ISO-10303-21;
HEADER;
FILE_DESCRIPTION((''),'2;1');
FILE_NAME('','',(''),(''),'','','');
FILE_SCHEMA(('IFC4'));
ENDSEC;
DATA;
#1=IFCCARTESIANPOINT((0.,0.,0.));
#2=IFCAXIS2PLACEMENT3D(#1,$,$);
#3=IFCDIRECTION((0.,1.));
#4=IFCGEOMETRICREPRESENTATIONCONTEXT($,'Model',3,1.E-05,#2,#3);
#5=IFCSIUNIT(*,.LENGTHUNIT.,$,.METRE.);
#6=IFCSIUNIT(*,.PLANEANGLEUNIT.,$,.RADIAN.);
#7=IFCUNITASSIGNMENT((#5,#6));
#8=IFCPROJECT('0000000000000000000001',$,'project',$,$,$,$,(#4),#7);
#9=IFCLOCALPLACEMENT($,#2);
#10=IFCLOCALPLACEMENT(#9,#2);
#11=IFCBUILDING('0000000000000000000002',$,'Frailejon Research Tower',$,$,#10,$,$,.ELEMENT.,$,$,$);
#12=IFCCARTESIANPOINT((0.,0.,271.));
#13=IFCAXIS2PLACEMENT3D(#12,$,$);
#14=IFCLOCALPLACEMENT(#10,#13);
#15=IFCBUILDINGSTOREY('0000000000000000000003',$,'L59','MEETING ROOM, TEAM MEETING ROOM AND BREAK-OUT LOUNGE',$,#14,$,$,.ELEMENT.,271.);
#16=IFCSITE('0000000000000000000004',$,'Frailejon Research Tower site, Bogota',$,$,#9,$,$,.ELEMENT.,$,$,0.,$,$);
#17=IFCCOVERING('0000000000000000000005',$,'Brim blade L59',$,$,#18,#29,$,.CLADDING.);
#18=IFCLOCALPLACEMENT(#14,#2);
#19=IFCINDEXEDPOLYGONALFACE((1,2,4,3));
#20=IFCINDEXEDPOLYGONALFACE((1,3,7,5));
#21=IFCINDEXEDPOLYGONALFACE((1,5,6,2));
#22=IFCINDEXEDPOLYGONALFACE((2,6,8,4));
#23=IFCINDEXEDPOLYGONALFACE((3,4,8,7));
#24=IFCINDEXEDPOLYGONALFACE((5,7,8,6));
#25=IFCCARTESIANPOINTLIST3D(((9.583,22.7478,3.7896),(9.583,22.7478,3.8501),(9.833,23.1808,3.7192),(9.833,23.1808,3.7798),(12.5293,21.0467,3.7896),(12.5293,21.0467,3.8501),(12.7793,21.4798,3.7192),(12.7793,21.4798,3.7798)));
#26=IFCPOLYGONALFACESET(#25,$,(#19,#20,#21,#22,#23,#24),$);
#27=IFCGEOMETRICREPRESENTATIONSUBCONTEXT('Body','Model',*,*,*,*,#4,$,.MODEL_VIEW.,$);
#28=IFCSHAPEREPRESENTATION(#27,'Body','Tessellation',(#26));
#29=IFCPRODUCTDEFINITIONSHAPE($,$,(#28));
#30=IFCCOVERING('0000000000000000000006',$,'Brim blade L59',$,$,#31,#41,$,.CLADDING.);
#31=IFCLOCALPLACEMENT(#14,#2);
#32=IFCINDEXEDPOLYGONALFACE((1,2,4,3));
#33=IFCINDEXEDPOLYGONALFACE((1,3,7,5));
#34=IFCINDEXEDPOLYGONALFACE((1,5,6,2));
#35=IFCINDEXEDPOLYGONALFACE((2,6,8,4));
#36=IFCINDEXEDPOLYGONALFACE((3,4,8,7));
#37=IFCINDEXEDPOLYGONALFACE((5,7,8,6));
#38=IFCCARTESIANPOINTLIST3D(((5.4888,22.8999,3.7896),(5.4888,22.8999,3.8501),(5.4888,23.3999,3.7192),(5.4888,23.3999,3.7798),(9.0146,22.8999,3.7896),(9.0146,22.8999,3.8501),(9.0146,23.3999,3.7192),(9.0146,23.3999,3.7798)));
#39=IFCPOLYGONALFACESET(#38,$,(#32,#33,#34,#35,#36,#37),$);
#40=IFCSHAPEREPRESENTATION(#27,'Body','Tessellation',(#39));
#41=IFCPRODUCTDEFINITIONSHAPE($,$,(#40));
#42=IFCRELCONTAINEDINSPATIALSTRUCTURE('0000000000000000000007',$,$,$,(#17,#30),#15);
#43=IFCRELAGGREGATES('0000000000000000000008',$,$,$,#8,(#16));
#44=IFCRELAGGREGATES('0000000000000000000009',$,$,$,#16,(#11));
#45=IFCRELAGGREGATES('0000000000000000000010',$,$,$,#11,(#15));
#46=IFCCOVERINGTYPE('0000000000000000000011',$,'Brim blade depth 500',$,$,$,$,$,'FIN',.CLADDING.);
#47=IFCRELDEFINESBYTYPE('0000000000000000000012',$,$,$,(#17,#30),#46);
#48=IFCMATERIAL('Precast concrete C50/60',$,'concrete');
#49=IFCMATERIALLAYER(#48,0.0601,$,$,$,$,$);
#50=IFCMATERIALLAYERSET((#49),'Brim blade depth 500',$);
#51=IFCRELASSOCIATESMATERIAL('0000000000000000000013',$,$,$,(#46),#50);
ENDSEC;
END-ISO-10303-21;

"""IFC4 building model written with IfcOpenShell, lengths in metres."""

from ifc_helpers import new_model, si_unit, direction, frame, origin, place, context, subcontext, project, spatial, polyline, outline, extrude, material, layer, layer_set, type_object, element, save


model = new_model("IFC4")

# Units and contexts
model_context = context("Model", 3, precision=1e-05, world=origin(), true_north=direction((0.0, 1.0)))
body_context = subcontext(model_context, "Body", "Model", "MODEL_VIEW")
ifc_project = project(units=[si_unit("LENGTHUNIT", "METRE"), si_unit("PLANEANGLEUNIT", "RADIAN")], contexts=[model_context])

# Site, building, storey
site_placement = place(None, origin())
site = spatial("IfcSite", under=ifc_project, at=site_placement, Name="Frailejon Research Tower site, Bogota", CompositionType="ELEMENT", RefElevation=0.0)
building_placement = place(site_placement, origin())
building = spatial("IfcBuilding", under=site, at=building_placement, Name="Frailejon Research Tower", CompositionType="ELEMENT")
storey_placement = place(building_placement, frame((0.0, 0.0, 271.0)))
storey = spatial("IfcBuildingStorey", under=building, at=storey_placement, Name="L59", Description="MEETING ROOM, TEAM MEETING ROOM AND BREAK-OUT LOUNGE", CompositionType="ELEMENT", Elevation=271.0)

# Coverings
ifc_material_1 = material(Name="Precast concrete C50/60", Category="concrete")
ifc_layer_1 = layer(ifc_material_1, 0.0601)
ifc_layer_set_1 = layer_set([ifc_layer_1], Name="Brim blade depth 500")
covering_type_1 = type_object("IfcCoveringType", Name="Brim blade depth 500", ElementType="FIN", PredefinedType="CLADDING", material=ifc_layer_set_1)
covering_1_placement = place(storey_placement, frame((9.583, 22.7478, 3.8501), z_axis=(0.866024, -0.500003, 0.0), x_axis=(0.500003, 0.866024, 0.0)))
element("IfcCovering", 1, at=covering_1_placement, inside=storey, type_object=covering_type_1, Name="Brim blade L59", PredefinedType="CLADDING", context=body_context, shape_type="SweptSolid", body=[
    extrude(outline(polyline([(0.0, -0.0605), (0.5, -0.1309), (0.5, -0.0703), (0.0, 0.0), (0.0, -0.0605)])), origin(), (0.0, 0.0, 1.0), 3.4021),
])
covering_2_placement = place(storey_placement, frame((5.4888, 22.8999, 3.8501), z_axis=(1.0, 0.0, 0.0), x_axis=(0.0, 1.0, 0.0)))
element("IfcCovering", 2, at=covering_2_placement, inside=storey, type_object=covering_type_1, Name="Brim blade L59", PredefinedType="CLADDING", context=body_context, shape_type="SweptSolid", body=[
    extrude(outline(polyline([(0.0, -0.0605), (0.5, -0.1309), (0.5, -0.0703), (0.0, 0.0), (0.0, -0.0605)])), origin(), (0.0, 0.0, 1.0), 3.5259),
])

save(model, "model.ifc")
